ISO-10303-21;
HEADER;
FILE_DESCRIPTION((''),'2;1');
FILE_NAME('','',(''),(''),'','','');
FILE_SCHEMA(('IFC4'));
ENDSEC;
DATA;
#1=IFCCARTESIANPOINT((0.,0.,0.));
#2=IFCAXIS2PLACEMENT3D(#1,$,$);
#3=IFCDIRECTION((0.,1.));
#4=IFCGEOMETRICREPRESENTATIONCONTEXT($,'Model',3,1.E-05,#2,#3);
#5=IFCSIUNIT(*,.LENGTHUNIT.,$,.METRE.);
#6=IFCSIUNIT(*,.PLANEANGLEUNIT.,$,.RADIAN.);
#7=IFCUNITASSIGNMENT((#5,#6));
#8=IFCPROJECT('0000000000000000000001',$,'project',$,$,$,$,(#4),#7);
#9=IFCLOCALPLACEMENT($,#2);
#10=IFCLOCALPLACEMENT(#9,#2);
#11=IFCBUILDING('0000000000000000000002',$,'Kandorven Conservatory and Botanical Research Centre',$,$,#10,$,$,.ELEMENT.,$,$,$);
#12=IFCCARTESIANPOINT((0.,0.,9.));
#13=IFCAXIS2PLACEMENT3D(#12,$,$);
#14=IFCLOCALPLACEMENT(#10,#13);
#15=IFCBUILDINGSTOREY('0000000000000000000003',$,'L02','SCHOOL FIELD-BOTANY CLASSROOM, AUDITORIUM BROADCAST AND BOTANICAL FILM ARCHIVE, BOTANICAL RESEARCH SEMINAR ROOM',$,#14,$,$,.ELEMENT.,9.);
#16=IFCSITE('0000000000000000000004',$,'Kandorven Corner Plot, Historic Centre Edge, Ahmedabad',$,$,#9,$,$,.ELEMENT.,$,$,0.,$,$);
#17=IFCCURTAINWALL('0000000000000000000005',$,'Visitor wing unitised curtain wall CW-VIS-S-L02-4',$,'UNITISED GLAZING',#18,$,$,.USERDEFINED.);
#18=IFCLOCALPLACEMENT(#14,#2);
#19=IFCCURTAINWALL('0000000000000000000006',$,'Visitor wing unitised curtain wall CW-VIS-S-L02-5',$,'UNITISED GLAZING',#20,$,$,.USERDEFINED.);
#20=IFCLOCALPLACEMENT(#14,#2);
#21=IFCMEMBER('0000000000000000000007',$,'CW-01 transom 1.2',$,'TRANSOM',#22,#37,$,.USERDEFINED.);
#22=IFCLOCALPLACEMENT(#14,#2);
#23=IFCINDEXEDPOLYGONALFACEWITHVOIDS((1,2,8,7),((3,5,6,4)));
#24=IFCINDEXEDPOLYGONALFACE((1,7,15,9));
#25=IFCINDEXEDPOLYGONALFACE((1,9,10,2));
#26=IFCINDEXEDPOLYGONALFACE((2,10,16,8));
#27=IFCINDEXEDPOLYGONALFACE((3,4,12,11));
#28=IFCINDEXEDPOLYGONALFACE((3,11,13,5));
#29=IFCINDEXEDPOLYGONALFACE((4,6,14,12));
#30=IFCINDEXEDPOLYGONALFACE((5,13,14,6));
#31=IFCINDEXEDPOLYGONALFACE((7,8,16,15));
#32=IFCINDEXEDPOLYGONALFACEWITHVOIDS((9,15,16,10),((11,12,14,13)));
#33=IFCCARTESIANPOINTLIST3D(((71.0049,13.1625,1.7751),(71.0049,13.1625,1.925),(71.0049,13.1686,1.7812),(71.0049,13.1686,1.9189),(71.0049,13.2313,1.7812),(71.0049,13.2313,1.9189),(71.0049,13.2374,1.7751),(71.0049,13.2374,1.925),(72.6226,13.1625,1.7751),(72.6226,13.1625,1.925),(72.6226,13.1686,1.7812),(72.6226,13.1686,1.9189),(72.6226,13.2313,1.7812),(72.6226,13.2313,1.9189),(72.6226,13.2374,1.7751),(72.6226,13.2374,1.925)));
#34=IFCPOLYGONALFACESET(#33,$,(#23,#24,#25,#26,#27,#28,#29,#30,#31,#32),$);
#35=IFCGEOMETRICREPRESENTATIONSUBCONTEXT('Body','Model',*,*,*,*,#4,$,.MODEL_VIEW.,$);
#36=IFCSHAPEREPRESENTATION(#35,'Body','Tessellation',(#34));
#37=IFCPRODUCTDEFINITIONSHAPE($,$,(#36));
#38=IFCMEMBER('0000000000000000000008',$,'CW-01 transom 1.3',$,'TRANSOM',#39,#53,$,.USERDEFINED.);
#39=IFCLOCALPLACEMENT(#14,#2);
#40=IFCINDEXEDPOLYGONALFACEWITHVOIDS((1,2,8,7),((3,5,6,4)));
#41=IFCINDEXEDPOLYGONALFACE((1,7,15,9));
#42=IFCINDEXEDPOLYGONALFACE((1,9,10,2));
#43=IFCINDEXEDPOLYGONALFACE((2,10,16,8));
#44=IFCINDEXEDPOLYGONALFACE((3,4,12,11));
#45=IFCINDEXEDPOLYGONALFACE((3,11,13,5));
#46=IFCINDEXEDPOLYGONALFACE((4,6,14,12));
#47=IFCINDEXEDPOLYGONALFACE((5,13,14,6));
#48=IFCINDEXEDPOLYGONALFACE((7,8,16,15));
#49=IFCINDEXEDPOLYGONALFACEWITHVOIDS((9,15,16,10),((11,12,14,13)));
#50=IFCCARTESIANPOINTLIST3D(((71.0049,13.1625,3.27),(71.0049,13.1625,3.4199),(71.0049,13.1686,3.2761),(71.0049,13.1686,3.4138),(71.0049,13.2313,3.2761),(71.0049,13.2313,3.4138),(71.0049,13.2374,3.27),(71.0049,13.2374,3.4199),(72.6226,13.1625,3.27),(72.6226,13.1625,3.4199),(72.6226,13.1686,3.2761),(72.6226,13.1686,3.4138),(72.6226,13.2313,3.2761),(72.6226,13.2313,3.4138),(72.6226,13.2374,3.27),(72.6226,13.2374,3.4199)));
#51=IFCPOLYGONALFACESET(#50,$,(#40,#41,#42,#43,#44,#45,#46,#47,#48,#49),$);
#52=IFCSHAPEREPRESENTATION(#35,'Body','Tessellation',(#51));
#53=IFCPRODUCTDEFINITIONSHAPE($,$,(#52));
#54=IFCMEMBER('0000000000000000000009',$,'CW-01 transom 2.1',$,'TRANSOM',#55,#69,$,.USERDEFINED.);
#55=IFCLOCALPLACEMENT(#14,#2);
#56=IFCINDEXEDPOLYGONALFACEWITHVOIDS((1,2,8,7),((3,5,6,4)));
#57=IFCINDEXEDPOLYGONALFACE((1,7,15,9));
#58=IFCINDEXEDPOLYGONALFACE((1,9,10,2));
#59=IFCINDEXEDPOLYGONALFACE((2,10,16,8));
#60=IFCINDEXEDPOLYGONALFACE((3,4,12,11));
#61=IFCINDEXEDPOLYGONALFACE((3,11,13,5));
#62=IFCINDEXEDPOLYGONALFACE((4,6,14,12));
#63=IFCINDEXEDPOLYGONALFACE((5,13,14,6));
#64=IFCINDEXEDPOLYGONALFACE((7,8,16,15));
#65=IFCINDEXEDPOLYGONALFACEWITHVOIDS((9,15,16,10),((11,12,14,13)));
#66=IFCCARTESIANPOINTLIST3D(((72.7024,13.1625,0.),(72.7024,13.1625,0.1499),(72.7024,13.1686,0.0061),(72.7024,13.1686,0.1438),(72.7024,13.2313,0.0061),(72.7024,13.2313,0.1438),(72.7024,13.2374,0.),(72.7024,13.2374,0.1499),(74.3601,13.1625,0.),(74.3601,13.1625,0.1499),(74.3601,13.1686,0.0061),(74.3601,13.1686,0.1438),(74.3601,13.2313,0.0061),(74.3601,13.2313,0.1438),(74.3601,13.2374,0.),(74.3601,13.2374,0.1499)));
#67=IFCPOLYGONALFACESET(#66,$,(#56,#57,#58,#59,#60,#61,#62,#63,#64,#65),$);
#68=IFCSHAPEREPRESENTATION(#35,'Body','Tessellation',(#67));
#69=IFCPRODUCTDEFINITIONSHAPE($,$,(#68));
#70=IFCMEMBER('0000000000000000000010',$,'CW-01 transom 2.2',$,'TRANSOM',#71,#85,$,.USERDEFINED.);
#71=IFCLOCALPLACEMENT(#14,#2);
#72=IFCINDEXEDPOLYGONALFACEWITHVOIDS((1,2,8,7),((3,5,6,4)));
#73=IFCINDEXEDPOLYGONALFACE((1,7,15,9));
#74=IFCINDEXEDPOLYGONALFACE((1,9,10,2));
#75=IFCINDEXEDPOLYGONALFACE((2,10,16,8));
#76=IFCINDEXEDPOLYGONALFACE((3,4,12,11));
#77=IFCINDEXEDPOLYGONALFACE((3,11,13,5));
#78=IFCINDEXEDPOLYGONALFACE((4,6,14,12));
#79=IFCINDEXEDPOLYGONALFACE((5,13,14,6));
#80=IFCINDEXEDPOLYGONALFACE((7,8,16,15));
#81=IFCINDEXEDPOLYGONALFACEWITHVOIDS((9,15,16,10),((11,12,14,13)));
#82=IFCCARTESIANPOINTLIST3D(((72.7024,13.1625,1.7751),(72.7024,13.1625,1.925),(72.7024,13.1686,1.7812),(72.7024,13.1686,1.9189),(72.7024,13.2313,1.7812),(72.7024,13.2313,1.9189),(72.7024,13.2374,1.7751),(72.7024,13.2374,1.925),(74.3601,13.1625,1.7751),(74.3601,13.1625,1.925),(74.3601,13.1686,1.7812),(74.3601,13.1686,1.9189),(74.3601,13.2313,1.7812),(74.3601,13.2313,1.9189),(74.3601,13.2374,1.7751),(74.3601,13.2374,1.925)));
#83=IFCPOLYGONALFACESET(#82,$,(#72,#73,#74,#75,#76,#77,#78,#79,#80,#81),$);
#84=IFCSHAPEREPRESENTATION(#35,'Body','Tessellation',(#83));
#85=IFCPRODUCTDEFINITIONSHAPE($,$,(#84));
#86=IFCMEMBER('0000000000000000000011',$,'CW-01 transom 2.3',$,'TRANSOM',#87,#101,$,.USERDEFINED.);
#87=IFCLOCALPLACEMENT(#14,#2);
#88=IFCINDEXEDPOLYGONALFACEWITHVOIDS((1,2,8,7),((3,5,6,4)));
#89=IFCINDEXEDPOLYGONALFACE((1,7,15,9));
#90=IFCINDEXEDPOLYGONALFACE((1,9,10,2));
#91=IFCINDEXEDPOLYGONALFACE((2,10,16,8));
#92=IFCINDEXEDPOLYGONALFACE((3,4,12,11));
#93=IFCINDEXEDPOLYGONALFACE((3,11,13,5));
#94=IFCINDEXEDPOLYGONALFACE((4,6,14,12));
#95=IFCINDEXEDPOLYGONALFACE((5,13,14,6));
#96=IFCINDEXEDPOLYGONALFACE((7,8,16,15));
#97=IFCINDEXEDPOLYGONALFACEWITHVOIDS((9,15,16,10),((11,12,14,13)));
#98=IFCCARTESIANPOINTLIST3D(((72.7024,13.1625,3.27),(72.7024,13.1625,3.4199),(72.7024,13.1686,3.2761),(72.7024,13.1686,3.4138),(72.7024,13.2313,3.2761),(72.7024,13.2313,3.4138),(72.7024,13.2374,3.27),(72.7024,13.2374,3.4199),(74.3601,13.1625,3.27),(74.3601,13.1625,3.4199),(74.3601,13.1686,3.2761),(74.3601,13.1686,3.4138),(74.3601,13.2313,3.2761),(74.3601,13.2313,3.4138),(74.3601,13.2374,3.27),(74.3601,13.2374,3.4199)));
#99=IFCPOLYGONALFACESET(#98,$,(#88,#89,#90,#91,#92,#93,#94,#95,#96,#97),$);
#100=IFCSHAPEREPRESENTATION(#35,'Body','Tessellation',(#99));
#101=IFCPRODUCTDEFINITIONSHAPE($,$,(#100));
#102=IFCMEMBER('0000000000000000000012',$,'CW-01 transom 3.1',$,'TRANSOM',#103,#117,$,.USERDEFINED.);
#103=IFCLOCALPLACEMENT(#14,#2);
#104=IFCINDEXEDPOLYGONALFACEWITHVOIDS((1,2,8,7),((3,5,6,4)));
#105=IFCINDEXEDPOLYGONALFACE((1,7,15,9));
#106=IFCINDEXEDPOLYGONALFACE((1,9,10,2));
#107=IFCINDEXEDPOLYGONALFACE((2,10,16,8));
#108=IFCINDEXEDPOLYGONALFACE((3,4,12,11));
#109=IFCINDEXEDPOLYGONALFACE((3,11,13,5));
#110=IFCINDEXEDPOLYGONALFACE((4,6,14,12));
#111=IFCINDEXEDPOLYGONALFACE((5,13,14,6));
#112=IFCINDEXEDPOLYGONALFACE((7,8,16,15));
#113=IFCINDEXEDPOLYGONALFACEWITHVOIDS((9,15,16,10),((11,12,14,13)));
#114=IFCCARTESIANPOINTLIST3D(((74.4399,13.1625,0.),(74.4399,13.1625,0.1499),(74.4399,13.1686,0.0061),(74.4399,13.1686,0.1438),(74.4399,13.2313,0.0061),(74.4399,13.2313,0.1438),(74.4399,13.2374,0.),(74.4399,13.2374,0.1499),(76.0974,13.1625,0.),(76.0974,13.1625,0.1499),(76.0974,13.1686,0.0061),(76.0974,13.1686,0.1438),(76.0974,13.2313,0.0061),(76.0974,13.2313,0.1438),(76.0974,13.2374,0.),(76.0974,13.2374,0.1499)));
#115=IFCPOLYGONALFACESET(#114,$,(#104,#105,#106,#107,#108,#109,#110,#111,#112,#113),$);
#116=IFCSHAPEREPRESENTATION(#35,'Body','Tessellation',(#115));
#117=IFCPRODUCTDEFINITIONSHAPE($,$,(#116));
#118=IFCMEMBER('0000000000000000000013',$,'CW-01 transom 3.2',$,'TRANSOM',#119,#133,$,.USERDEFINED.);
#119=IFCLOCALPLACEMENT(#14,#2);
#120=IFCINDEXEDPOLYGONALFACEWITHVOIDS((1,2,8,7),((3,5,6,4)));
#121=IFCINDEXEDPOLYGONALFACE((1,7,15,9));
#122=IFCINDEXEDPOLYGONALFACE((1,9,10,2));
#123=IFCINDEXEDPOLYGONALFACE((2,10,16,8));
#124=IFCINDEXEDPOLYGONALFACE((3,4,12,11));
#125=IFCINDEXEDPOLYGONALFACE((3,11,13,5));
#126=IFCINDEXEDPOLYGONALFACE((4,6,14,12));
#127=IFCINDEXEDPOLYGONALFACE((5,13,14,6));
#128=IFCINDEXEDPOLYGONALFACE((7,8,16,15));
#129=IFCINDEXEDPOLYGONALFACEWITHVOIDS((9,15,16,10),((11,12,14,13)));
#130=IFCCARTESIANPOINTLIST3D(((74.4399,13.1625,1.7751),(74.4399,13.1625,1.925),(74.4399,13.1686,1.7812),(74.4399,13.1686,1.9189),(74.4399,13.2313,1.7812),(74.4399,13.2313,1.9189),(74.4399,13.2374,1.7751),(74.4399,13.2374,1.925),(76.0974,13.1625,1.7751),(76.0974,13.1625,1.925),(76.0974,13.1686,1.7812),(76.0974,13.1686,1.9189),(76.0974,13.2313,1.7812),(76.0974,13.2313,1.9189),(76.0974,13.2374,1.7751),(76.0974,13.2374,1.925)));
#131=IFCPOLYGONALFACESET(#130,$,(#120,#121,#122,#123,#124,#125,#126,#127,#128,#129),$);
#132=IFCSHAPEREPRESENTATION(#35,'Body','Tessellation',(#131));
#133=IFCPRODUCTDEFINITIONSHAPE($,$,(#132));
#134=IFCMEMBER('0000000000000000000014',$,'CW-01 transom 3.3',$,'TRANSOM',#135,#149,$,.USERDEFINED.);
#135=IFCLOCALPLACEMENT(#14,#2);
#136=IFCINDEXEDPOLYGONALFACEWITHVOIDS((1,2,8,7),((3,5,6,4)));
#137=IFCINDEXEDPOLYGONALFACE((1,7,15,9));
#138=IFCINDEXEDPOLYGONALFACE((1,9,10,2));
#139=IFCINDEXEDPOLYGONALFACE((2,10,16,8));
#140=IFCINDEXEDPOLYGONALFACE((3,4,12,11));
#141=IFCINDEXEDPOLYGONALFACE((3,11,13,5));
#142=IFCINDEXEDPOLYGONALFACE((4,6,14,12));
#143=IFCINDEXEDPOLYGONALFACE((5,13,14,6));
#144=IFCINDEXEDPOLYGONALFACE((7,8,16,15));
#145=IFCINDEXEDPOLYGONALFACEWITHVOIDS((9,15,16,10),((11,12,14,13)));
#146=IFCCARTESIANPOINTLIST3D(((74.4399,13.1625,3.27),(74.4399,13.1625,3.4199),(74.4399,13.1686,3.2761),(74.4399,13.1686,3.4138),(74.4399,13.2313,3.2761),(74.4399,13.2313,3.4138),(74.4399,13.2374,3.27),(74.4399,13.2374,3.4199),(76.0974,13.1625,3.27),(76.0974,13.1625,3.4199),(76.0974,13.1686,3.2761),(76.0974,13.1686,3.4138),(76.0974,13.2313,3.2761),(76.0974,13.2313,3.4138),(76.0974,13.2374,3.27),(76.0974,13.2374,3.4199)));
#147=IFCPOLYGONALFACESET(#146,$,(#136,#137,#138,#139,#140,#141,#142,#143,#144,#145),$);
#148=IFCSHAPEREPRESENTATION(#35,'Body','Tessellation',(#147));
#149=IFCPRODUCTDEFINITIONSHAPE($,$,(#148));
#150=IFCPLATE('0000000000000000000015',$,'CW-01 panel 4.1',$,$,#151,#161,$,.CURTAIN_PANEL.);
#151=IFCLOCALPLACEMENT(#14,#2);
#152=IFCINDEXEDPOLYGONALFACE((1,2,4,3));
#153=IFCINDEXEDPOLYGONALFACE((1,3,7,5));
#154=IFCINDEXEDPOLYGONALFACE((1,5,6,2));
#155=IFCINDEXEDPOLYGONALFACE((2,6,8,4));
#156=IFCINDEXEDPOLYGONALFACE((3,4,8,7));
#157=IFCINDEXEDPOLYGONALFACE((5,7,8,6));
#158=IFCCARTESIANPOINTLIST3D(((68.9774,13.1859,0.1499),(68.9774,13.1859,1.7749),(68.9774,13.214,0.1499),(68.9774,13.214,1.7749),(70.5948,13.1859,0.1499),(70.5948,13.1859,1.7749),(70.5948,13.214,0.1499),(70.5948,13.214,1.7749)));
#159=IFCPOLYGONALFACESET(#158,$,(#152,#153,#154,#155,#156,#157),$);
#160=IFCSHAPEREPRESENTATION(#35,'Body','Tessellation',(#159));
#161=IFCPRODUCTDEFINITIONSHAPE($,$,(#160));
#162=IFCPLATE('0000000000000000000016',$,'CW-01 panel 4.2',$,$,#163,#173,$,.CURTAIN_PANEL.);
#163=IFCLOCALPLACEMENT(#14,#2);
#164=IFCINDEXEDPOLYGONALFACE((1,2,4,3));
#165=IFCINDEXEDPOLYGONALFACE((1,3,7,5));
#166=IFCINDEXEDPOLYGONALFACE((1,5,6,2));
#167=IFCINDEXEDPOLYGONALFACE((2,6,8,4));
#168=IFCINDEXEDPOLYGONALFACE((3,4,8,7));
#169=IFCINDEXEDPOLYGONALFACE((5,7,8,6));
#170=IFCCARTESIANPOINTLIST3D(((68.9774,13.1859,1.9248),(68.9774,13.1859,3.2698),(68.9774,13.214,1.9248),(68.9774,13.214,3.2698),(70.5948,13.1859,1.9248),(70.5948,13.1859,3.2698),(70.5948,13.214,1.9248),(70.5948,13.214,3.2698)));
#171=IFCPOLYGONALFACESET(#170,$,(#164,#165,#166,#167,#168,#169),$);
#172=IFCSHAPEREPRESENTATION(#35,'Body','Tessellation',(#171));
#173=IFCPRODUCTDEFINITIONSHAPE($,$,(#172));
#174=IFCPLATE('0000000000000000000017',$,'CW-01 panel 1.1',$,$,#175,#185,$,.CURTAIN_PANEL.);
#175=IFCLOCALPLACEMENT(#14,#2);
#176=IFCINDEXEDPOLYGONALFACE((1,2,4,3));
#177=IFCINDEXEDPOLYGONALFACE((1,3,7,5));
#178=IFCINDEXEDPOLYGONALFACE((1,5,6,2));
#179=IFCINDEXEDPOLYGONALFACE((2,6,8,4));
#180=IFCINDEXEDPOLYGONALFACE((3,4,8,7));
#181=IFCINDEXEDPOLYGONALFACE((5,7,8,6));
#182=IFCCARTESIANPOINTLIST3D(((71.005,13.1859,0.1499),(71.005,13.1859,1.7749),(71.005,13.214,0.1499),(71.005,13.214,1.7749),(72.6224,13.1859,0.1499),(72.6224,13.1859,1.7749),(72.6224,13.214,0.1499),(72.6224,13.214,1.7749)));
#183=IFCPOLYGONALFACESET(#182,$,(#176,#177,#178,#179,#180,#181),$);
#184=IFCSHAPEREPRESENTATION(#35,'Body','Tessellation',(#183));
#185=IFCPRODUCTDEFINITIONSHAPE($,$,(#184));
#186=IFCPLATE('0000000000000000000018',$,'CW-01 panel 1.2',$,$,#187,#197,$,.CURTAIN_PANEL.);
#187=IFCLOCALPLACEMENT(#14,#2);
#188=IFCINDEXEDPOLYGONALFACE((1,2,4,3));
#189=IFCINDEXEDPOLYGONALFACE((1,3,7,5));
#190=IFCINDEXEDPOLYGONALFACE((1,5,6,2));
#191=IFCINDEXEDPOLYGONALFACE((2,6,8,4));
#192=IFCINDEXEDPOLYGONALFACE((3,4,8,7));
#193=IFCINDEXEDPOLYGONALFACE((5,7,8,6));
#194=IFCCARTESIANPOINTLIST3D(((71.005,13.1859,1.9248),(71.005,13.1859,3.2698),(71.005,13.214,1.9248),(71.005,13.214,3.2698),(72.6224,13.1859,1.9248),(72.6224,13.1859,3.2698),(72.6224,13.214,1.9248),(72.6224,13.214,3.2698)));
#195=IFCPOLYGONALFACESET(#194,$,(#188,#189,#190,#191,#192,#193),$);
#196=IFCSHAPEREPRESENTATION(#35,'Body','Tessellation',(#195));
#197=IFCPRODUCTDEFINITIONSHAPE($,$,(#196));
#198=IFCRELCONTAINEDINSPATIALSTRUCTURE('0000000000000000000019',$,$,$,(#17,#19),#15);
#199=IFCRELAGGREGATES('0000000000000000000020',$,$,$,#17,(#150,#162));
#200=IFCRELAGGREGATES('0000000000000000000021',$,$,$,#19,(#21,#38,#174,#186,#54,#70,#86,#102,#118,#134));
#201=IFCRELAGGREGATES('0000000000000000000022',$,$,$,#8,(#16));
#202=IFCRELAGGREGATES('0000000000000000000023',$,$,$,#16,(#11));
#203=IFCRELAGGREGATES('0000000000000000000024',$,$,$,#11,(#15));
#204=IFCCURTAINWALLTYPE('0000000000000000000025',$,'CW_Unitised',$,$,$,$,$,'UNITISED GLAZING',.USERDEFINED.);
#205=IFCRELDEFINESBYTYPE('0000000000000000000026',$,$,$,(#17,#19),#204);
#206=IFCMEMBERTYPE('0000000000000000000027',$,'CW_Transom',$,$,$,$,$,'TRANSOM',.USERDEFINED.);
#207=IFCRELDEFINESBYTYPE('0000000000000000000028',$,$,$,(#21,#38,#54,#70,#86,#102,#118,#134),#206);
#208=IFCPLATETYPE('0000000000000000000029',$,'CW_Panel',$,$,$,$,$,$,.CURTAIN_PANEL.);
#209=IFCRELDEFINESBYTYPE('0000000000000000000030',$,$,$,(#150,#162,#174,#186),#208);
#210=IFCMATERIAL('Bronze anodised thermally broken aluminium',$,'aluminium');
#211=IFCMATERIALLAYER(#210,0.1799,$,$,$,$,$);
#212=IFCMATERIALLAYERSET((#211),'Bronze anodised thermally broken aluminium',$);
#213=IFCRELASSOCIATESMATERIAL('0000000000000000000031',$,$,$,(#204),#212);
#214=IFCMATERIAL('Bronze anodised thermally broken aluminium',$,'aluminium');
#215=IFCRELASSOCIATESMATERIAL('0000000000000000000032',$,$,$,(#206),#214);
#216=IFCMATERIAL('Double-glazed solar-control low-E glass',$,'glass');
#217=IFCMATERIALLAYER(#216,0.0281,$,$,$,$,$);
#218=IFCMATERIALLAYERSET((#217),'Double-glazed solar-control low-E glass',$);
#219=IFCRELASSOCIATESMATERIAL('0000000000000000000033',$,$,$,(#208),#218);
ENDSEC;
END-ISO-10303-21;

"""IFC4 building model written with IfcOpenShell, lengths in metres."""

from ifc_helpers import new_model, si_unit, direction, frame, origin, origin_2d, place, context, subcontext, project, spatial, rectangle, hollow_rectangle, extrude, material, layer, layer_set, material_profile, profile_set, type_object, element, aggregate, save


model = new_model("IFC4")

# Units and contexts
model_context = context("Model", 3, precision=1e-05, world=origin(), true_north=direction((0.0, 1.0)))
body_context = subcontext(model_context, "Body", "Model", "MODEL_VIEW")
ifc_project = project(units=[si_unit("LENGTHUNIT", "METRE"), si_unit("PLANEANGLEUNIT", "RADIAN")], contexts=[model_context])

# Site, building, storey
site_placement = place(None, origin())
site = spatial("IfcSite", under=ifc_project, at=site_placement, Name="Kandorven Corner Plot, Historic Centre Edge, Ahmedabad", CompositionType="ELEMENT", RefElevation=0.0)
building_placement = place(site_placement, origin())
building = spatial("IfcBuilding", under=site, at=building_placement, Name="Kandorven Conservatory and Botanical Research Centre", CompositionType="ELEMENT")
storey_placement = place(building_placement, frame((0.0, 0.0, 9.0)))
storey = spatial("IfcBuildingStorey", under=building, at=storey_placement, Name="L02", Description="SCHOOL FIELD-BOTANY CLASSROOM, AUDITORIUM BROADCAST AND BOTANICAL FILM ARCHIVE, BOTANICAL RESEARCH SEMINAR ROOM", CompositionType="ELEMENT", Elevation=9.0)

# Curtain wall
ifc_material_1 = material(Name="Bronze anodised thermally broken aluminium", Category="aluminium")
ifc_layer_1 = layer(ifc_material_1, 0.1799)
ifc_layer_set_1 = layer_set([ifc_layer_1], Name="Bronze anodised thermally broken aluminium")
curtain_wall_type = type_object("IfcCurtainWallType", Name="CW_Unitised", ElementType="UNITISED GLAZING", PredefinedType="USERDEFINED", material=ifc_layer_set_1)
curtain_wall_1_placement = place(storey_placement, origin())
curtain_wall_1 = element("IfcCurtainWall", 1, at=curtain_wall_1_placement, inside=storey, type_object=curtain_wall_type, Name="Visitor wing unitised curtain wall CW-VIS-S-L02-4", ObjectType="UNITISED GLAZING", PredefinedType="USERDEFINED")

# Curtain wall, members
curtain_wall_2_placement = place(storey_placement, origin())
curtain_wall_2 = element("IfcCurtainWall", 2, at=curtain_wall_2_placement, inside=storey, type_object=curtain_wall_type, Name="Visitor wing unitised curtain wall CW-VIS-S-L02-5", ObjectType="UNITISED GLAZING", PredefinedType="USERDEFINED")
ifc_material_2 = material(Name="Bronze anodised thermally broken aluminium", Category="aluminium")
ifc_material_profile_1 = material_profile(ifc_material_2, hollow_rectangle(XDim=0.075, YDim=0.1499, WallThickness=0.0061, at=origin_2d()))
ifc_profile_set_1 = profile_set([ifc_material_profile_1], Name="Bronze anodised thermally broken aluminium")
member_type_1 = type_object("IfcMemberType", Name="CW_Transom", ElementType="TRANSOM", PredefinedType="USERDEFINED", material=ifc_profile_set_1)
member_1_placement = place(storey_placement, frame((71.0049, 13.2, 1.8501), z_axis=(1.0, 0.0, 0.0), x_axis=(0.0, 1.0, 0.0)))
member_1 = element("IfcMember", 3, at=member_1_placement, type_object=member_type_1, Name="CW-01 transom 1.2", ObjectType="TRANSOM", PredefinedType="USERDEFINED", context=body_context, shape_type="SweptSolid", body=[
    extrude(hollow_rectangle(XDim=0.075, YDim=0.1499, WallThickness=0.0061, at=origin_2d()), origin(), (0.0, 0.0, 1.0), 1.6177),
])
member_2_placement = place(storey_placement, frame((71.0049, 13.2, 3.345), z_axis=(1.0, 0.0, 0.0), x_axis=(0.0, 1.0, 0.0)))
member_2 = element("IfcMember", 4, at=member_2_placement, type_object=member_type_1, Name="CW-01 transom 1.3", ObjectType="TRANSOM", PredefinedType="USERDEFINED", context=body_context, shape_type="SweptSolid", body=[
    extrude(hollow_rectangle(XDim=0.075, YDim=0.1499, WallThickness=0.0061, at=origin_2d()), origin(), (0.0, 0.0, 1.0), 1.6177),
])
member_3_placement = place(storey_placement, frame((72.7024, 13.2, 0.075), z_axis=(1.0, 0.0, 0.0), x_axis=(0.0, 1.0, 0.0)))
member_3 = element("IfcMember", 5, at=member_3_placement, type_object=member_type_1, Name="CW-01 transom 2.1", ObjectType="TRANSOM", PredefinedType="USERDEFINED", context=body_context, shape_type="SweptSolid", body=[
    extrude(hollow_rectangle(XDim=0.075, YDim=0.1499, WallThickness=0.0061, at=origin_2d()), origin(), (0.0, 0.0, 1.0), 1.6577),
])
member_4_placement = place(storey_placement, frame((72.7024, 13.2, 1.8501), z_axis=(1.0, 0.0, 0.0), x_axis=(0.0, 1.0, 0.0)))
member_4 = element("IfcMember", 6, at=member_4_placement, type_object=member_type_1, Name="CW-01 transom 2.2", ObjectType="TRANSOM", PredefinedType="USERDEFINED", context=body_context, shape_type="SweptSolid", body=[
    extrude(hollow_rectangle(XDim=0.075, YDim=0.1499, WallThickness=0.0061, at=origin_2d()), origin(), (0.0, 0.0, 1.0), 1.6577),
])
member_5_placement = place(storey_placement, frame((72.7024, 13.2, 3.345), z_axis=(1.0, 0.0, 0.0), x_axis=(0.0, 1.0, 0.0)))
member_5 = element("IfcMember", 7, at=member_5_placement, type_object=member_type_1, Name="CW-01 transom 2.3", ObjectType="TRANSOM", PredefinedType="USERDEFINED", context=body_context, shape_type="SweptSolid", body=[
    extrude(hollow_rectangle(XDim=0.075, YDim=0.1499, WallThickness=0.0061, at=origin_2d()), origin(), (0.0, 0.0, 1.0), 1.6577),
])
member_6_placement = place(storey_placement, frame((74.4399, 13.2, 0.075), z_axis=(1.0, 0.0, 0.0), x_axis=(0.0, 1.0, 0.0)))
member_6 = element("IfcMember", 8, at=member_6_placement, type_object=member_type_1, Name="CW-01 transom 3.1", ObjectType="TRANSOM", PredefinedType="USERDEFINED", context=body_context, shape_type="SweptSolid", body=[
    extrude(hollow_rectangle(XDim=0.075, YDim=0.1499, WallThickness=0.0061, at=origin_2d()), origin(), (0.0, 0.0, 1.0), 1.6575),
])
member_7_placement = place(storey_placement, frame((74.4399, 13.2, 1.8501), z_axis=(1.0, 0.0, 0.0), x_axis=(0.0, 1.0, 0.0)))
member_7 = element("IfcMember", 9, at=member_7_placement, type_object=member_type_1, Name="CW-01 transom 3.2", ObjectType="TRANSOM", PredefinedType="USERDEFINED", context=body_context, shape_type="SweptSolid", body=[
    extrude(hollow_rectangle(XDim=0.075, YDim=0.1499, WallThickness=0.0061, at=origin_2d()), origin(), (0.0, 0.0, 1.0), 1.6575),
])
member_8_placement = place(storey_placement, frame((74.4399, 13.2, 3.345), z_axis=(1.0, 0.0, 0.0), x_axis=(0.0, 1.0, 0.0)))
member_8 = element("IfcMember", 10, at=member_8_placement, type_object=member_type_1, Name="CW-01 transom 3.3", ObjectType="TRANSOM", PredefinedType="USERDEFINED", context=body_context, shape_type="SweptSolid", body=[
    extrude(hollow_rectangle(XDim=0.075, YDim=0.1499, WallThickness=0.0061, at=origin_2d()), origin(), (0.0, 0.0, 1.0), 1.6575),
])

# Plates
ifc_material_3 = material(Name="Double-glazed solar-control low-E glass", Category="glass")
ifc_layer_2 = layer(ifc_material_3, 0.0281)
ifc_layer_set_2 = layer_set([ifc_layer_2], Name="Double-glazed solar-control low-E glass")
plate_type_1 = type_object("IfcPlateType", Name="CW_Panel", PredefinedType="CURTAIN_PANEL", material=ifc_layer_set_2)
plate_1_placement = place(storey_placement, frame((69.7861, 13.2, 0.1499), z_axis=(0.0, 0.0, 1.0), x_axis=(1.0, 0.0, 0.0)))
plate_1 = element("IfcPlate", 11, at=plate_1_placement, type_object=plate_type_1, Name="CW-01 panel 4.1", PredefinedType="CURTAIN_PANEL", context=body_context, shape_type="SweptSolid", body=[
    extrude(rectangle(XDim=1.6174, YDim=0.0281, at=origin_2d()), origin(), (0.0, 0.0, 1.0), 1.625),
])
plate_2_placement = place(storey_placement, frame((69.7861, 13.2, 1.9248), z_axis=(0.0, 0.0, 1.0), x_axis=(1.0, 0.0, 0.0)))
plate_2 = element("IfcPlate", 12, at=plate_2_placement, type_object=plate_type_1, Name="CW-01 panel 4.2", PredefinedType="CURTAIN_PANEL", context=body_context, shape_type="SweptSolid", body=[
    extrude(rectangle(XDim=1.6174, YDim=0.0281, at=origin_2d()), origin(), (0.0, 0.0, 1.0), 1.345),
])
aggregate(curtain_wall_1, [plate_1, plate_2])
plate_3_placement = place(storey_placement, frame((71.8137, 13.2, 0.1499), z_axis=(0.0, 0.0, 1.0), x_axis=(1.0, 0.0, 0.0)))
plate_3 = element("IfcPlate", 13, at=plate_3_placement, type_object=plate_type_1, Name="CW-01 panel 1.1", PredefinedType="CURTAIN_PANEL", context=body_context, shape_type="SweptSolid", body=[
    extrude(rectangle(XDim=1.6174, YDim=0.0281, at=origin_2d()), origin(), (0.0, 0.0, 1.0), 1.625),
])
plate_4_placement = place(storey_placement, frame((71.8137, 13.2, 1.9248), z_axis=(0.0, 0.0, 1.0), x_axis=(1.0, 0.0, 0.0)))
plate_4 = element("IfcPlate", 14, at=plate_4_placement, type_object=plate_type_1, Name="CW-01 panel 1.2", PredefinedType="CURTAIN_PANEL", context=body_context, shape_type="SweptSolid", body=[
    extrude(rectangle(XDim=1.6174, YDim=0.0281, at=origin_2d()), origin(), (0.0, 0.0, 1.0), 1.345),
])
aggregate(curtain_wall_2, [member_1, member_2, plate_3, plate_4, member_3, member_4, member_5, member_6, member_7, member_8])

save(model, "model.ifc")
